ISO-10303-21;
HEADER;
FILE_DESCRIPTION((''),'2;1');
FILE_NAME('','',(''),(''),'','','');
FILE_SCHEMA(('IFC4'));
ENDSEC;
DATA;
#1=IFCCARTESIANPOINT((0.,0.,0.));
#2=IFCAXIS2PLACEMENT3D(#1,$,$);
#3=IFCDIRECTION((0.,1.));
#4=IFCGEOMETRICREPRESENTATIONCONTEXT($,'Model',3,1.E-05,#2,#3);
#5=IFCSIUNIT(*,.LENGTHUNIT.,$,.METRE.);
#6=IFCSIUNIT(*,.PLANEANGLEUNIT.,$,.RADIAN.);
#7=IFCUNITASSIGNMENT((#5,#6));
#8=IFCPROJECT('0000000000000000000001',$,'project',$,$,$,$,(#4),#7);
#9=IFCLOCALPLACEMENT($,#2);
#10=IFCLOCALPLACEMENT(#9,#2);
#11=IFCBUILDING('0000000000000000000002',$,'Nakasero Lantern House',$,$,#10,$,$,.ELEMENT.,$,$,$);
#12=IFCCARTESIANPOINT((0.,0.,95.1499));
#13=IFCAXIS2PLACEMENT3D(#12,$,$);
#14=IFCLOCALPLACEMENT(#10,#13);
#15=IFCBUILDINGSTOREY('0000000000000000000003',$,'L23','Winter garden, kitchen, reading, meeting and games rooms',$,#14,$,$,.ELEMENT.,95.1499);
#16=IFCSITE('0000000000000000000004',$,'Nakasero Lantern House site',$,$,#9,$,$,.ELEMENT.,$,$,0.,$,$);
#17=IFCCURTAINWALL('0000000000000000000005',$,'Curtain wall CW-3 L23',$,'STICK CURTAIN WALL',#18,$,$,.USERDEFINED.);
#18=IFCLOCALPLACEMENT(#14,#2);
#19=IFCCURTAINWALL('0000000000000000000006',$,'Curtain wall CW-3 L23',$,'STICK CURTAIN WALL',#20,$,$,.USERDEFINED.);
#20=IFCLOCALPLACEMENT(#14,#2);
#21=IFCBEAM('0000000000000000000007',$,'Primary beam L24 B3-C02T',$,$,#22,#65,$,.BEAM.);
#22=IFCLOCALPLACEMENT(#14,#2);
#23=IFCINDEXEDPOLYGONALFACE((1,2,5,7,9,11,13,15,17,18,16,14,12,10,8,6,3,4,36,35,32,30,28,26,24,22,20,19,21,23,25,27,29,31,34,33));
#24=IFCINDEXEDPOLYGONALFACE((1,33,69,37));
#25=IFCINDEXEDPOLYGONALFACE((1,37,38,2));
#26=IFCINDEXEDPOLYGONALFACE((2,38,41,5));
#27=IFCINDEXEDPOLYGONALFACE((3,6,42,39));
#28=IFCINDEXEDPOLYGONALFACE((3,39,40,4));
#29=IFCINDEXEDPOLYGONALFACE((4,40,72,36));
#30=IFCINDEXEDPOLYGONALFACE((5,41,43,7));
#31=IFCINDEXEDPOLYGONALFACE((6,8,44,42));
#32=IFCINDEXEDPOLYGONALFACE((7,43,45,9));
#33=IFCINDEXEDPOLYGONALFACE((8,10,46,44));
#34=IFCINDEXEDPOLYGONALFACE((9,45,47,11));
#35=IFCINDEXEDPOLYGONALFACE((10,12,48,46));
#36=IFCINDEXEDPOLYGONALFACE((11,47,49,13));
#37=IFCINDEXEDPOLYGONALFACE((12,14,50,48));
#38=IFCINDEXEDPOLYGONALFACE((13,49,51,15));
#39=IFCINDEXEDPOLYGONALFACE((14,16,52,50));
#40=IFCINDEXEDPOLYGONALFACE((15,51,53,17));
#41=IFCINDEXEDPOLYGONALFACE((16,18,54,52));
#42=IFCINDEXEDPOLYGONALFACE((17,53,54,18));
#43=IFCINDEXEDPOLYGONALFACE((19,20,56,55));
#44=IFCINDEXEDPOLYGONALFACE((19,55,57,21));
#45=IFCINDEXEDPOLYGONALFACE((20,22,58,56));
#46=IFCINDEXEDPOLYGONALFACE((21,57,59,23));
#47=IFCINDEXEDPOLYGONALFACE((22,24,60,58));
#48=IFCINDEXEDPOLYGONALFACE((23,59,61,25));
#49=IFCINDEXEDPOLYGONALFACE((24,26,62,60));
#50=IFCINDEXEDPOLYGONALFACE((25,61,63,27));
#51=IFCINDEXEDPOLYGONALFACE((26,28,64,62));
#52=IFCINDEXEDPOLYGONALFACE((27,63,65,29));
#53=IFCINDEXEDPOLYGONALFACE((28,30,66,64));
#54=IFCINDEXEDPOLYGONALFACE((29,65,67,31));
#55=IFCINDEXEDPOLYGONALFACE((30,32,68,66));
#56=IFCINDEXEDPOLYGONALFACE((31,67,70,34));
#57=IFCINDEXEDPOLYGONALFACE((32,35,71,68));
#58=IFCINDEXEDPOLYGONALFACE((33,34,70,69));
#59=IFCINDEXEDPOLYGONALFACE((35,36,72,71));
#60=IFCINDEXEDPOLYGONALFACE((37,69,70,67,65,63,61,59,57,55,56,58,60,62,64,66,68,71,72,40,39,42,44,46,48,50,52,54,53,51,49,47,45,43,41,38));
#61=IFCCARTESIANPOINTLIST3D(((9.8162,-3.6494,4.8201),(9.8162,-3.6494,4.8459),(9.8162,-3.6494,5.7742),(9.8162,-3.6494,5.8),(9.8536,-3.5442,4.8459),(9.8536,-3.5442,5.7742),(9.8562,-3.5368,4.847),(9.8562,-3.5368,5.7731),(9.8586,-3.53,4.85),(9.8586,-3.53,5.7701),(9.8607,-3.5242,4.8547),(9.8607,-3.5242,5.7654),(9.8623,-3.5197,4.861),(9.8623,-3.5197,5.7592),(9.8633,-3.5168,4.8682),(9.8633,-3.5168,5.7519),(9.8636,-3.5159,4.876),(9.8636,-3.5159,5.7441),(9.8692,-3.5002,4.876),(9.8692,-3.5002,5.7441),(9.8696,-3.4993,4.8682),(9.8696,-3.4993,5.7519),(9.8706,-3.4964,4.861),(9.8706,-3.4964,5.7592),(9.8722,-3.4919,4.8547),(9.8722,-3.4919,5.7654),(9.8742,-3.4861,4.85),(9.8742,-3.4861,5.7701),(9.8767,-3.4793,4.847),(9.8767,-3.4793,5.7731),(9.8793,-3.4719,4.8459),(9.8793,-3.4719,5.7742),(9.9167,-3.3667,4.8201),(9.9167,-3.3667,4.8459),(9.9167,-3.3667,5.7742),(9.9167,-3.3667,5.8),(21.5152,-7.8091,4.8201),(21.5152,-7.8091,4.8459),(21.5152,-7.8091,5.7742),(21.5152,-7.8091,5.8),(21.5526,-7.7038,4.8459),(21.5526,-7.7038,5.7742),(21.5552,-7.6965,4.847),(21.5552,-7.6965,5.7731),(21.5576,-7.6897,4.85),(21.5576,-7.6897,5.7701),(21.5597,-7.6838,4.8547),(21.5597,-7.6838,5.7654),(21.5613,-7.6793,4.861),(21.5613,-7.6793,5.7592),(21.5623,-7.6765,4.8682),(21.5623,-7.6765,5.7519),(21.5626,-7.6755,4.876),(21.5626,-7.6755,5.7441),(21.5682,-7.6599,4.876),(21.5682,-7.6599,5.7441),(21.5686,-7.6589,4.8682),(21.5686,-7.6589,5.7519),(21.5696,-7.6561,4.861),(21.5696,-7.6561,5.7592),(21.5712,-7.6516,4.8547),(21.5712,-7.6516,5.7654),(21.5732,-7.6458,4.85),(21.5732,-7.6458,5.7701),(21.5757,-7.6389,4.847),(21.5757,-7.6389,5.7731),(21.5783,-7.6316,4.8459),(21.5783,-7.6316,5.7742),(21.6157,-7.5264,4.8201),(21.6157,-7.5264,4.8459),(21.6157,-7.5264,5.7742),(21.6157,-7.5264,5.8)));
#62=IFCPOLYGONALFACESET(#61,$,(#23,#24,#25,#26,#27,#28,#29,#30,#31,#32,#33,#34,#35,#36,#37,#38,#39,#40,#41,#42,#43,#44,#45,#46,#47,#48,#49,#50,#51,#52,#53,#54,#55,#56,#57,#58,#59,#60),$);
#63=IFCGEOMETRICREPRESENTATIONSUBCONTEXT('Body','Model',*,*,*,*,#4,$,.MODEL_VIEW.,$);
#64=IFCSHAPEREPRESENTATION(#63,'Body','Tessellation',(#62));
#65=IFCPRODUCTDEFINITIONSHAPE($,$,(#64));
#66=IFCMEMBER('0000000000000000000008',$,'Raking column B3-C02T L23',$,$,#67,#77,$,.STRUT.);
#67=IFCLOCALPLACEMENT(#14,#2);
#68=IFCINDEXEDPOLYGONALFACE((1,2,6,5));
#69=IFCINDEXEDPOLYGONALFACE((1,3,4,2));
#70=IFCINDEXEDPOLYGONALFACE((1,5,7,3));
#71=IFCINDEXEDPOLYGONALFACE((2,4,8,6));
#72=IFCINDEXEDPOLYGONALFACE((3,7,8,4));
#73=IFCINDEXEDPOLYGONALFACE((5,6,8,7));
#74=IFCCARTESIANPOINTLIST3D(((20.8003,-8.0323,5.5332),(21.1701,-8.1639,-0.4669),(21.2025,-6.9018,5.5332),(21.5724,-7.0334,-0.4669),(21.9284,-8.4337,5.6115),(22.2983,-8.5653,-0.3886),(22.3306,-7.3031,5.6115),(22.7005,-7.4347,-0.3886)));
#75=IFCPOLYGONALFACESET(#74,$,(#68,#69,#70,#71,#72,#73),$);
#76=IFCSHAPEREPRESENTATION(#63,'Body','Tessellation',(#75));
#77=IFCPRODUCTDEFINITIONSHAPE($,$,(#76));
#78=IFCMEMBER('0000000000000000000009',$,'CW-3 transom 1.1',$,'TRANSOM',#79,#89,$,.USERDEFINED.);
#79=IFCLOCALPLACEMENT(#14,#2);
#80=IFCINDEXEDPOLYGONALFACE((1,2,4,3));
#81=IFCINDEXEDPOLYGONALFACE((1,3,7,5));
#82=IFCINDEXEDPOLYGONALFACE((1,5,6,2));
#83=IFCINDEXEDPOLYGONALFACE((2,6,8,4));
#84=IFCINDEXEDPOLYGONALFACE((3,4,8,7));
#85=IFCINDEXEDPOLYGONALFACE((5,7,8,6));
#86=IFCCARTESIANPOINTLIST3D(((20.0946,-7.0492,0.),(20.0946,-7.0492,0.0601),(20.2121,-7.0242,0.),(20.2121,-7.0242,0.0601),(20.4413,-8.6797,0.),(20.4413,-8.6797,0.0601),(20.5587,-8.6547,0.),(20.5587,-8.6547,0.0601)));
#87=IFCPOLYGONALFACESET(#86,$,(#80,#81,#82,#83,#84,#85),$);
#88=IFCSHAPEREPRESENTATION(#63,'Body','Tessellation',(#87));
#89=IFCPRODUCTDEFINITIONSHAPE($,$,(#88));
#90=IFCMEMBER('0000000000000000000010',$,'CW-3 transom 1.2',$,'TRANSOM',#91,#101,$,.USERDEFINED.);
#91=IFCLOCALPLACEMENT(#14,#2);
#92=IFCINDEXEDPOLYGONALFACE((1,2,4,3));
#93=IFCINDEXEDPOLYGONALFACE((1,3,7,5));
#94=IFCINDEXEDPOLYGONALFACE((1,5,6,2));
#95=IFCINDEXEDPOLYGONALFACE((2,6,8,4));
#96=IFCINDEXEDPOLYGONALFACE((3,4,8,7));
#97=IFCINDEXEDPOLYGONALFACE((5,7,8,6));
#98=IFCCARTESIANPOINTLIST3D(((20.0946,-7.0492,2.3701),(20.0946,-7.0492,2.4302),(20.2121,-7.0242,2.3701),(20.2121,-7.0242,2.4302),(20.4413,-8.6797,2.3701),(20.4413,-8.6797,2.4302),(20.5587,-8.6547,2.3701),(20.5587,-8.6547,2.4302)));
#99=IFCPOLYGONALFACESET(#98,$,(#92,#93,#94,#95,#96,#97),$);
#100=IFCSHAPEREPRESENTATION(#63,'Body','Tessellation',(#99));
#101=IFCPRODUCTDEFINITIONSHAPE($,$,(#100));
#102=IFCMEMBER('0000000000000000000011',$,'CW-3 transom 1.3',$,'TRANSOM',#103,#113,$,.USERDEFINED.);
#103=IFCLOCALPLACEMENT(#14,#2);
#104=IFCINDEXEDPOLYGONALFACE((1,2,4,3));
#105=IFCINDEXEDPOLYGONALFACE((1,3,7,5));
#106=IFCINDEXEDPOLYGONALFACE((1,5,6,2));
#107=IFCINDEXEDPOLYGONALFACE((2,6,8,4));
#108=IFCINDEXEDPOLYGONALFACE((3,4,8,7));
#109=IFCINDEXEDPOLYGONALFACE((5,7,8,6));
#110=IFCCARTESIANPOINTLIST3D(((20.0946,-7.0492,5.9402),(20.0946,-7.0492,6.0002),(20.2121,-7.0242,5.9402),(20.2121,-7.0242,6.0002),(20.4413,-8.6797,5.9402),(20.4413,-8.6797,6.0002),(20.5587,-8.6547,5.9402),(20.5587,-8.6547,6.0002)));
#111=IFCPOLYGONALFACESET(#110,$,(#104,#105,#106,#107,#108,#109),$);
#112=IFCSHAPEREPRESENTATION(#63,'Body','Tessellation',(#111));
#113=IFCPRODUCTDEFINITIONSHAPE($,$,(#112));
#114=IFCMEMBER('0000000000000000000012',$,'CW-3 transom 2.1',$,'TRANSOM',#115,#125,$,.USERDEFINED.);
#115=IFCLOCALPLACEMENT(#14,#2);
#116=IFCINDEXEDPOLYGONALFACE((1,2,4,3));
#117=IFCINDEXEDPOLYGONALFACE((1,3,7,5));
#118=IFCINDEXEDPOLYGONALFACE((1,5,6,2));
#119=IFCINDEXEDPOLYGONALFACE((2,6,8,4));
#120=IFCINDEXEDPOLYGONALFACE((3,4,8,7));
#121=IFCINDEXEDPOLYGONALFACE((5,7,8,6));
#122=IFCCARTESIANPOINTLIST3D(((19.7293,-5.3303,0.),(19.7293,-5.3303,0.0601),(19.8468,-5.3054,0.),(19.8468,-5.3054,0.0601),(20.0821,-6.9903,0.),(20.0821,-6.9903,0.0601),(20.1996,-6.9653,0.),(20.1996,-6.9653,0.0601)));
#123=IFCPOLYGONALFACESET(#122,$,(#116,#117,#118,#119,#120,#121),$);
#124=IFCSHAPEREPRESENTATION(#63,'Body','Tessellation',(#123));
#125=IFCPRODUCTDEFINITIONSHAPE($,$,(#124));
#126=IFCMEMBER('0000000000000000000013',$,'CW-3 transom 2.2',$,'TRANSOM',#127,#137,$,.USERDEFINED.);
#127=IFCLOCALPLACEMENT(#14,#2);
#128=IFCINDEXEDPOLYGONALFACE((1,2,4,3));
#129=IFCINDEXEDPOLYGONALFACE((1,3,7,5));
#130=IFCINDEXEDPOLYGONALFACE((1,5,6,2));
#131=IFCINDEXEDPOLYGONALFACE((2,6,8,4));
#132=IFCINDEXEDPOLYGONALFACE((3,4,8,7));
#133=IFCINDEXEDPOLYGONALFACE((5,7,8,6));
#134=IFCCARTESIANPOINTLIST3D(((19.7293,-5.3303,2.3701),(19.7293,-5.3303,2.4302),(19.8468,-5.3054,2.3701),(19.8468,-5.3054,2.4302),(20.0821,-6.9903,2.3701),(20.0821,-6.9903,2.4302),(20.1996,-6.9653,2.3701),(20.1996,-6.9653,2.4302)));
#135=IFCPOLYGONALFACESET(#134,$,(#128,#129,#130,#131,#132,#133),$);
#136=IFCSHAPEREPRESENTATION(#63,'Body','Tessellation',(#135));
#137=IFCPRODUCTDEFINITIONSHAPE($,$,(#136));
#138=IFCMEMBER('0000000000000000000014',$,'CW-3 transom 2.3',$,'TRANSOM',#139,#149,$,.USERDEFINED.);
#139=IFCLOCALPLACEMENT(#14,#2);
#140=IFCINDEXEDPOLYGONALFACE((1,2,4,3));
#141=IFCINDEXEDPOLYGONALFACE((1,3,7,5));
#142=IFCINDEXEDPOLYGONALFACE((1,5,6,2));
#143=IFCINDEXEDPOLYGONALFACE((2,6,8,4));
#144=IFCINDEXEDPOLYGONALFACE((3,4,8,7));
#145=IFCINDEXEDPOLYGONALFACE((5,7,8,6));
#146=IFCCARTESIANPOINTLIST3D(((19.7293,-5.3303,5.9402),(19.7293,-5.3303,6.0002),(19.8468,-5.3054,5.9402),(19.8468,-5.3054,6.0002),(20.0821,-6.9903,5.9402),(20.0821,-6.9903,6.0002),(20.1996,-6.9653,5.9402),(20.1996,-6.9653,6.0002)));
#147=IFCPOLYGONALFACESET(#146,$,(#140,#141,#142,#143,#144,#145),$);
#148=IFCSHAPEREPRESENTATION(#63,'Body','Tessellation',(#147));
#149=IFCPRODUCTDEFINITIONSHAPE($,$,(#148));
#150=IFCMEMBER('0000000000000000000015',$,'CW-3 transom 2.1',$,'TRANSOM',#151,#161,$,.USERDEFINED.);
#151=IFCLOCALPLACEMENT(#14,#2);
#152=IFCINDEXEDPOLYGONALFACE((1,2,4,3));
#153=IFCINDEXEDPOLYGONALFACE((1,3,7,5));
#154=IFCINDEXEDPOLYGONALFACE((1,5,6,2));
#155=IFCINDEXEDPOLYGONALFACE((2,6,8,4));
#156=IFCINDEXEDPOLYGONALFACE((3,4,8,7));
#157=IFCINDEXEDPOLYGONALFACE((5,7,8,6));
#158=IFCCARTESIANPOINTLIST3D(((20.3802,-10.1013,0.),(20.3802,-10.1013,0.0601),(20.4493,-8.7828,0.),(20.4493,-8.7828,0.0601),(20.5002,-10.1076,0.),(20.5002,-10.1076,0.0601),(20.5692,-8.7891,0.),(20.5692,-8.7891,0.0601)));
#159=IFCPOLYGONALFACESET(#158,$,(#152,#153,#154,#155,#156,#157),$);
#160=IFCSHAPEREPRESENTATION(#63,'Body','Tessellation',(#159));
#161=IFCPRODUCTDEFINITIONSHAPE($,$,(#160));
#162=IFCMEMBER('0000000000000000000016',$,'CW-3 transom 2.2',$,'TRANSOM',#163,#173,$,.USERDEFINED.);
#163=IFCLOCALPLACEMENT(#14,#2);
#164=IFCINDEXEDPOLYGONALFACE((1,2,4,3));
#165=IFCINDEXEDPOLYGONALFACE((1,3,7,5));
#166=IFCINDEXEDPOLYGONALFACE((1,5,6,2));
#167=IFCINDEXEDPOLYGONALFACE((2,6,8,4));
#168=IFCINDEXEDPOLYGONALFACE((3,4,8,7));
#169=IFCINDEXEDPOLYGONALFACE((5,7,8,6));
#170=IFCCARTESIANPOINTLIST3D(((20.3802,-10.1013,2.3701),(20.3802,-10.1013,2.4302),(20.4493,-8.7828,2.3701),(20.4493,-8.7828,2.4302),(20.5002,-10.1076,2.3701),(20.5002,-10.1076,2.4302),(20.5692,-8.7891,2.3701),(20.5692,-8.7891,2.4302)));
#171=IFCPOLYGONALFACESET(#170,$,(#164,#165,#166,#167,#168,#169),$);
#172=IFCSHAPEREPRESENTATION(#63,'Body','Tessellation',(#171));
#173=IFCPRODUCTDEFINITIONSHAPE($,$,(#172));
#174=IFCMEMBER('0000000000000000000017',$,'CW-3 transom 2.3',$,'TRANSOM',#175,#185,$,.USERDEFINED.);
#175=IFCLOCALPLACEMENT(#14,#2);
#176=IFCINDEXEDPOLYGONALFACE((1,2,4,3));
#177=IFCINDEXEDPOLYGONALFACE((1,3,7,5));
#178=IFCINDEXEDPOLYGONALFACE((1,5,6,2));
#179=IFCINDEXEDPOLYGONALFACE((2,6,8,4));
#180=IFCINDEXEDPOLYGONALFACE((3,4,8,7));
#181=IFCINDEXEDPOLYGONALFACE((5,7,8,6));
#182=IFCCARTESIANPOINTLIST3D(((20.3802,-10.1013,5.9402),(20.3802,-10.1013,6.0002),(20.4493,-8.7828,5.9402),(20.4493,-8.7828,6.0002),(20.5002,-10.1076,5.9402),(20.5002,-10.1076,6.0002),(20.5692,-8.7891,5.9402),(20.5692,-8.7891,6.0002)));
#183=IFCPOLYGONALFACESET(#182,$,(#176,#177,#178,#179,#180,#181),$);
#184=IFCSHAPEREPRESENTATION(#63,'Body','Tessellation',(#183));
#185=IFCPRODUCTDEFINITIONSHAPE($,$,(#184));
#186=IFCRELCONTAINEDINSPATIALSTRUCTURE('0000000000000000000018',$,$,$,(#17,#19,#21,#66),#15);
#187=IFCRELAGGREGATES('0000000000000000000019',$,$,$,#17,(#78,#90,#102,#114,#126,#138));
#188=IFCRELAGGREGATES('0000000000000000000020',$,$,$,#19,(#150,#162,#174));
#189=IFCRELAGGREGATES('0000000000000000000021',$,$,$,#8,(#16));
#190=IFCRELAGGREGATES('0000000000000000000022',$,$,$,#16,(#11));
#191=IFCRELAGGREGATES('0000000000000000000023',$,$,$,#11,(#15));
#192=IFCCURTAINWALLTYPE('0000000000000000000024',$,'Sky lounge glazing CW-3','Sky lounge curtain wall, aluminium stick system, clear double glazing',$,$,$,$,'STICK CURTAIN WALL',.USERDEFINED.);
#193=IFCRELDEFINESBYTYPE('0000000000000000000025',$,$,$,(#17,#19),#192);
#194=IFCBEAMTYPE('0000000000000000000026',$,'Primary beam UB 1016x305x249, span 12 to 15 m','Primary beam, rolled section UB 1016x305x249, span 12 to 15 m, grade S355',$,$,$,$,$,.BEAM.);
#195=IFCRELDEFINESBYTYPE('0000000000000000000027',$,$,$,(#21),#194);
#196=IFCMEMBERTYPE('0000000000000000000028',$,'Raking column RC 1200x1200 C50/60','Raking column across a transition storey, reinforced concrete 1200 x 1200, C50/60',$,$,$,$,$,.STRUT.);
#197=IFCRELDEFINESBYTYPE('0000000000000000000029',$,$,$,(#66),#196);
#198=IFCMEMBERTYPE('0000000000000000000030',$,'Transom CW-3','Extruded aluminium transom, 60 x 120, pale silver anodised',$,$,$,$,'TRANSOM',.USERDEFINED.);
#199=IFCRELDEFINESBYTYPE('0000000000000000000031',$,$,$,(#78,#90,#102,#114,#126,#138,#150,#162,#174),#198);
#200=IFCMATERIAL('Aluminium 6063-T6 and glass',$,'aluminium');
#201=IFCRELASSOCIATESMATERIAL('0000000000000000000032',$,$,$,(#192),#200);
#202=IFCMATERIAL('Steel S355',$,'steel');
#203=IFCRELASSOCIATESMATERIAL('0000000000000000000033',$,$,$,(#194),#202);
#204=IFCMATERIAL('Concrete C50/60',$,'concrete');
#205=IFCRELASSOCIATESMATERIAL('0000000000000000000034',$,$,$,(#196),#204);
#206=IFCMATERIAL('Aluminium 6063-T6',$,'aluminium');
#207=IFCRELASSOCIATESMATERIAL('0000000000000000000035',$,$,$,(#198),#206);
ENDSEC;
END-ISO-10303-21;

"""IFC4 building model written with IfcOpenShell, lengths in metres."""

from ifc_helpers import new_model, si_unit, direction, frame, origin, origin_2d, place, context, subcontext, project, spatial, rectangle, i_section, extrude, material, material_profile, profile_set, type_object, element, aggregate, save


model = new_model("IFC4")

# Units and contexts
model_context = context("Model", 3, precision=1e-05, world=origin(), true_north=direction((0.0, 1.0)))
body_context = subcontext(model_context, "Body", "Model", "MODEL_VIEW")
ifc_project = project(units=[si_unit("LENGTHUNIT", "METRE"), si_unit("PLANEANGLEUNIT", "RADIAN")], contexts=[model_context])

# Site, building, storey
site_placement = place(None, origin())
site = spatial("IfcSite", under=ifc_project, at=site_placement, Name="Nakasero Lantern House site", CompositionType="ELEMENT", RefElevation=0.0)
building_placement = place(site_placement, origin())
building = spatial("IfcBuilding", under=site, at=building_placement, Name="Nakasero Lantern House", CompositionType="ELEMENT")
storey_placement = place(building_placement, frame((0.0, 0.0, 95.1499)))
storey = spatial("IfcBuildingStorey", under=building, at=storey_placement, Name="L23", Description="Winter garden, kitchen, reading, meeting and games rooms", CompositionType="ELEMENT", Elevation=95.1499)

# Curtain walls
ifc_material_1 = material(Name="Aluminium 6063-T6 and glass", Category="aluminium")
curtain_wall_type = type_object("IfcCurtainWallType", Name="Sky lounge glazing CW-3", Description="Sky lounge curtain wall, aluminium stick system, clear double glazing", ElementType="STICK CURTAIN WALL", PredefinedType="USERDEFINED", material=ifc_material_1)
curtain_wall_1_placement = place(storey_placement, origin())
curtain_wall_1 = element("IfcCurtainWall", 1, at=curtain_wall_1_placement, inside=storey, type_object=curtain_wall_type, Name="Curtain wall CW-3 L23", ObjectType="STICK CURTAIN WALL", PredefinedType="USERDEFINED")
curtain_wall_2_placement = place(storey_placement, origin())
curtain_wall_2 = element("IfcCurtainWall", 2, at=curtain_wall_2_placement, inside=storey, type_object=curtain_wall_type, Name="Curtain wall CW-3 L23", ObjectType="STICK CURTAIN WALL", PredefinedType="USERDEFINED")

# Beam
ifc_material_2 = material(Name="Steel S355", Category="steel")
ifc_material_profile_1 = material_profile(ifc_material_2, i_section(OverallWidth=0.3, OverallDepth=0.98, WebThickness=0.0166, FlangeThickness=0.0259, FilletRadius=0.03, at=origin_2d()), Name="UB 1016x305x249")
ifc_profile_set_1 = profile_set([ifc_material_profile_1], Name="Steel S355")
beam_type = type_object("IfcBeamType", Name="Primary beam UB 1016x305x249, span 12 to 15 m", Description="Primary beam, rolled section UB 1016x305x249, span 12 to 15 m, grade S355", PredefinedType="BEAM", material=ifc_profile_set_1)
beam_placement = place(storey_placement, frame((21.5654, -7.6677, 5.3101), z_axis=(-0.942214, 0.335012, 0.0), x_axis=(-0.335012, -0.942214, 0.0)))
element("IfcBeam", 3, at=beam_placement, inside=storey, type_object=beam_type, Name="Primary beam L24 B3-C02T", PredefinedType="BEAM", context=body_context, shape_type="SweptSolid", body=[
    extrude(i_section(OverallWidth=0.3, OverallDepth=0.98, WebThickness=0.0166, FlangeThickness=0.0259, FilletRadius=0.03, at=origin_2d()), origin(), (0.0, 0.0, 1.0), 12.4165),
])

# Members
ifc_material_3 = material(Name="Concrete C50/60", Category="concrete")
ifc_material_profile_2 = material_profile(ifc_material_3, rectangle(XDim=1.2, YDim=1.2, at=origin_2d()), Name="RC 1200x1200")
ifc_profile_set_2 = profile_set([ifc_material_profile_2], Name="Concrete C50/60")
member_type_1 = type_object("IfcMemberType", Name="Raking column RC 1200x1200 C50/60", Description="Raking column across a transition storey, reinforced concrete 1200 x 1200, C50/60", PredefinedType="STRUT", material=ifc_profile_set_2)
member_1_placement = place(storey_placement, frame((21.9353, -7.7993, -0.4277), z_axis=(-0.061514, 0.021885, 0.997866), x_axis=(-0.335194, -0.942149, 0.0)))
element("IfcMember", 4, at=member_1_placement, inside=storey, type_object=member_type_1, Name="Raking column B3-C02T L23", PredefinedType="STRUT", context=body_context, shape_type="SweptSolid", body=[
    extrude(rectangle(XDim=1.2, YDim=1.2, at=origin_2d()), origin(), (0.0, 0.0, 1.0), 6.0129),
])
ifc_material_4 = material(Name="Aluminium 6063-T6", Category="aluminium")
ifc_material_profile_3 = material_profile(ifc_material_4, rectangle(XDim=0.0601, YDim=0.1201, at=origin_2d()), Name="CW-3 transom 60x120")
ifc_profile_set_3 = profile_set([ifc_material_profile_3], Name="Aluminium 6063-T6")
member_type_2 = type_object("IfcMemberType", Name="Transom CW-3", Description="Extruded aluminium transom, 60 x 120, pale silver anodised", ElementType="TRANSOM", PredefinedType="USERDEFINED", material=ifc_profile_set_3)
member_2_placement = place(storey_placement, frame((20.5, -8.6672, 0.03), z_axis=(-0.207959, 0.978138, 0.0), x_axis=(0.0, 0.0, 1.0)))
member_2 = element("IfcMember", 5, at=member_2_placement, type_object=member_type_2, Name="CW-3 transom 1.1", ObjectType="TRANSOM", PredefinedType="USERDEFINED", context=body_context, shape_type="SweptSolid", body=[
    extrude(rectangle(XDim=0.0601, YDim=0.1201, at=origin_2d()), origin(), (0.0, 0.0, 1.0), 1.667),
])
member_3_placement = place(storey_placement, frame((20.5, -8.6672, 2.4001), z_axis=(-0.207959, 0.978138, 0.0), x_axis=(0.0, 0.0, 1.0)))
member_3 = element("IfcMember", 6, at=member_3_placement, type_object=member_type_2, Name="CW-3 transom 1.2", ObjectType="TRANSOM", PredefinedType="USERDEFINED", context=body_context, shape_type="SweptSolid", body=[
    extrude(rectangle(XDim=0.0601, YDim=0.1201, at=origin_2d()), origin(), (0.0, 0.0, 1.0), 1.667),
])
member_4_placement = place(storey_placement, frame((20.5, -8.6672, 5.9702), z_axis=(-0.207959, 0.978138, 0.0), x_axis=(0.0, 0.0, 1.0)))
member_4 = element("IfcMember", 7, at=member_4_placement, type_object=member_type_2, Name="CW-3 transom 1.3", ObjectType="TRANSOM", PredefinedType="USERDEFINED", context=body_context, shape_type="SweptSolid", body=[
    extrude(rectangle(XDim=0.0601, YDim=0.1201, at=origin_2d()), origin(), (0.0, 0.0, 1.0), 1.667),
])
member_5_placement = place(storey_placement, frame((20.1409, -6.9778, 0.03), z_axis=(-0.207888, 0.978153, 0.0), x_axis=(0.0, 0.0, 1.0)))
member_5 = element("IfcMember", 8, at=member_5_placement, type_object=member_type_2, Name="CW-3 transom 2.1", ObjectType="TRANSOM", PredefinedType="USERDEFINED", context=body_context, shape_type="SweptSolid", body=[
    extrude(rectangle(XDim=0.0601, YDim=0.1201, at=origin_2d()), origin(), (0.0, 0.0, 1.0), 1.697),
])
member_6_placement = place(storey_placement, frame((20.1409, -6.9778, 2.4001), z_axis=(-0.207888, 0.978153, 0.0), x_axis=(0.0, 0.0, 1.0)))
member_6 = element("IfcMember", 9, at=member_6_placement, type_object=member_type_2, Name="CW-3 transom 2.2", ObjectType="TRANSOM", PredefinedType="USERDEFINED", context=body_context, shape_type="SweptSolid", body=[
    extrude(rectangle(XDim=0.0601, YDim=0.1201, at=origin_2d()), origin(), (0.0, 0.0, 1.0), 1.697),
])
member_7_placement = place(storey_placement, frame((20.1409, -6.9778, 5.9702), z_axis=(-0.207888, 0.978153, 0.0), x_axis=(0.0, 0.0, 1.0)))
member_7 = element("IfcMember", 10, at=member_7_placement, type_object=member_type_2, Name="CW-3 transom 2.3", ObjectType="TRANSOM", PredefinedType="USERDEFINED", context=body_context, shape_type="SweptSolid", body=[
    extrude(rectangle(XDim=0.0601, YDim=0.1201, at=origin_2d()), origin(), (0.0, 0.0, 1.0), 1.697),
])
member_8_placement = place(storey_placement, frame((20.4402, -10.1045, 0.03), z_axis=(0.052326, 0.99863, 0.0), x_axis=(0.0, 0.0, 1.0)))
member_8 = element("IfcMember", 11, at=member_8_placement, type_object=member_type_2, Name="CW-3 transom 2.1", ObjectType="TRANSOM", PredefinedType="USERDEFINED", context=body_context, shape_type="SweptSolid", body=[
    extrude(rectangle(XDim=0.0601, YDim=0.1201, at=origin_2d()), origin(), (0.0, 0.0, 1.0), 1.3203),
])
member_9_placement = place(storey_placement, frame((20.4402, -10.1045, 2.4001), z_axis=(0.052326, 0.99863, 0.0), x_axis=(0.0, 0.0, 1.0)))
member_9 = element("IfcMember", 12, at=member_9_placement, type_object=member_type_2, Name="CW-3 transom 2.2", ObjectType="TRANSOM", PredefinedType="USERDEFINED", context=body_context, shape_type="SweptSolid", body=[
    extrude(rectangle(XDim=0.0601, YDim=0.1201, at=origin_2d()), origin(), (0.0, 0.0, 1.0), 1.3203),
])
member_10_placement = place(storey_placement, frame((20.4402, -10.1045, 5.9702), z_axis=(0.052326, 0.99863, 0.0), x_axis=(0.0, 0.0, 1.0)))
member_10 = element("IfcMember", 13, at=member_10_placement, type_object=member_type_2, Name="CW-3 transom 2.3", ObjectType="TRANSOM", PredefinedType="USERDEFINED", context=body_context, shape_type="SweptSolid", body=[
    extrude(rectangle(XDim=0.0601, YDim=0.1201, at=origin_2d()), origin(), (0.0, 0.0, 1.0), 1.3203),
])

aggregate(curtain_wall_1, [member_2, member_3, member_4, member_5, member_6, member_7])
aggregate(curtain_wall_2, [member_8, member_9, member_10])

save(model, "model.ifc")
